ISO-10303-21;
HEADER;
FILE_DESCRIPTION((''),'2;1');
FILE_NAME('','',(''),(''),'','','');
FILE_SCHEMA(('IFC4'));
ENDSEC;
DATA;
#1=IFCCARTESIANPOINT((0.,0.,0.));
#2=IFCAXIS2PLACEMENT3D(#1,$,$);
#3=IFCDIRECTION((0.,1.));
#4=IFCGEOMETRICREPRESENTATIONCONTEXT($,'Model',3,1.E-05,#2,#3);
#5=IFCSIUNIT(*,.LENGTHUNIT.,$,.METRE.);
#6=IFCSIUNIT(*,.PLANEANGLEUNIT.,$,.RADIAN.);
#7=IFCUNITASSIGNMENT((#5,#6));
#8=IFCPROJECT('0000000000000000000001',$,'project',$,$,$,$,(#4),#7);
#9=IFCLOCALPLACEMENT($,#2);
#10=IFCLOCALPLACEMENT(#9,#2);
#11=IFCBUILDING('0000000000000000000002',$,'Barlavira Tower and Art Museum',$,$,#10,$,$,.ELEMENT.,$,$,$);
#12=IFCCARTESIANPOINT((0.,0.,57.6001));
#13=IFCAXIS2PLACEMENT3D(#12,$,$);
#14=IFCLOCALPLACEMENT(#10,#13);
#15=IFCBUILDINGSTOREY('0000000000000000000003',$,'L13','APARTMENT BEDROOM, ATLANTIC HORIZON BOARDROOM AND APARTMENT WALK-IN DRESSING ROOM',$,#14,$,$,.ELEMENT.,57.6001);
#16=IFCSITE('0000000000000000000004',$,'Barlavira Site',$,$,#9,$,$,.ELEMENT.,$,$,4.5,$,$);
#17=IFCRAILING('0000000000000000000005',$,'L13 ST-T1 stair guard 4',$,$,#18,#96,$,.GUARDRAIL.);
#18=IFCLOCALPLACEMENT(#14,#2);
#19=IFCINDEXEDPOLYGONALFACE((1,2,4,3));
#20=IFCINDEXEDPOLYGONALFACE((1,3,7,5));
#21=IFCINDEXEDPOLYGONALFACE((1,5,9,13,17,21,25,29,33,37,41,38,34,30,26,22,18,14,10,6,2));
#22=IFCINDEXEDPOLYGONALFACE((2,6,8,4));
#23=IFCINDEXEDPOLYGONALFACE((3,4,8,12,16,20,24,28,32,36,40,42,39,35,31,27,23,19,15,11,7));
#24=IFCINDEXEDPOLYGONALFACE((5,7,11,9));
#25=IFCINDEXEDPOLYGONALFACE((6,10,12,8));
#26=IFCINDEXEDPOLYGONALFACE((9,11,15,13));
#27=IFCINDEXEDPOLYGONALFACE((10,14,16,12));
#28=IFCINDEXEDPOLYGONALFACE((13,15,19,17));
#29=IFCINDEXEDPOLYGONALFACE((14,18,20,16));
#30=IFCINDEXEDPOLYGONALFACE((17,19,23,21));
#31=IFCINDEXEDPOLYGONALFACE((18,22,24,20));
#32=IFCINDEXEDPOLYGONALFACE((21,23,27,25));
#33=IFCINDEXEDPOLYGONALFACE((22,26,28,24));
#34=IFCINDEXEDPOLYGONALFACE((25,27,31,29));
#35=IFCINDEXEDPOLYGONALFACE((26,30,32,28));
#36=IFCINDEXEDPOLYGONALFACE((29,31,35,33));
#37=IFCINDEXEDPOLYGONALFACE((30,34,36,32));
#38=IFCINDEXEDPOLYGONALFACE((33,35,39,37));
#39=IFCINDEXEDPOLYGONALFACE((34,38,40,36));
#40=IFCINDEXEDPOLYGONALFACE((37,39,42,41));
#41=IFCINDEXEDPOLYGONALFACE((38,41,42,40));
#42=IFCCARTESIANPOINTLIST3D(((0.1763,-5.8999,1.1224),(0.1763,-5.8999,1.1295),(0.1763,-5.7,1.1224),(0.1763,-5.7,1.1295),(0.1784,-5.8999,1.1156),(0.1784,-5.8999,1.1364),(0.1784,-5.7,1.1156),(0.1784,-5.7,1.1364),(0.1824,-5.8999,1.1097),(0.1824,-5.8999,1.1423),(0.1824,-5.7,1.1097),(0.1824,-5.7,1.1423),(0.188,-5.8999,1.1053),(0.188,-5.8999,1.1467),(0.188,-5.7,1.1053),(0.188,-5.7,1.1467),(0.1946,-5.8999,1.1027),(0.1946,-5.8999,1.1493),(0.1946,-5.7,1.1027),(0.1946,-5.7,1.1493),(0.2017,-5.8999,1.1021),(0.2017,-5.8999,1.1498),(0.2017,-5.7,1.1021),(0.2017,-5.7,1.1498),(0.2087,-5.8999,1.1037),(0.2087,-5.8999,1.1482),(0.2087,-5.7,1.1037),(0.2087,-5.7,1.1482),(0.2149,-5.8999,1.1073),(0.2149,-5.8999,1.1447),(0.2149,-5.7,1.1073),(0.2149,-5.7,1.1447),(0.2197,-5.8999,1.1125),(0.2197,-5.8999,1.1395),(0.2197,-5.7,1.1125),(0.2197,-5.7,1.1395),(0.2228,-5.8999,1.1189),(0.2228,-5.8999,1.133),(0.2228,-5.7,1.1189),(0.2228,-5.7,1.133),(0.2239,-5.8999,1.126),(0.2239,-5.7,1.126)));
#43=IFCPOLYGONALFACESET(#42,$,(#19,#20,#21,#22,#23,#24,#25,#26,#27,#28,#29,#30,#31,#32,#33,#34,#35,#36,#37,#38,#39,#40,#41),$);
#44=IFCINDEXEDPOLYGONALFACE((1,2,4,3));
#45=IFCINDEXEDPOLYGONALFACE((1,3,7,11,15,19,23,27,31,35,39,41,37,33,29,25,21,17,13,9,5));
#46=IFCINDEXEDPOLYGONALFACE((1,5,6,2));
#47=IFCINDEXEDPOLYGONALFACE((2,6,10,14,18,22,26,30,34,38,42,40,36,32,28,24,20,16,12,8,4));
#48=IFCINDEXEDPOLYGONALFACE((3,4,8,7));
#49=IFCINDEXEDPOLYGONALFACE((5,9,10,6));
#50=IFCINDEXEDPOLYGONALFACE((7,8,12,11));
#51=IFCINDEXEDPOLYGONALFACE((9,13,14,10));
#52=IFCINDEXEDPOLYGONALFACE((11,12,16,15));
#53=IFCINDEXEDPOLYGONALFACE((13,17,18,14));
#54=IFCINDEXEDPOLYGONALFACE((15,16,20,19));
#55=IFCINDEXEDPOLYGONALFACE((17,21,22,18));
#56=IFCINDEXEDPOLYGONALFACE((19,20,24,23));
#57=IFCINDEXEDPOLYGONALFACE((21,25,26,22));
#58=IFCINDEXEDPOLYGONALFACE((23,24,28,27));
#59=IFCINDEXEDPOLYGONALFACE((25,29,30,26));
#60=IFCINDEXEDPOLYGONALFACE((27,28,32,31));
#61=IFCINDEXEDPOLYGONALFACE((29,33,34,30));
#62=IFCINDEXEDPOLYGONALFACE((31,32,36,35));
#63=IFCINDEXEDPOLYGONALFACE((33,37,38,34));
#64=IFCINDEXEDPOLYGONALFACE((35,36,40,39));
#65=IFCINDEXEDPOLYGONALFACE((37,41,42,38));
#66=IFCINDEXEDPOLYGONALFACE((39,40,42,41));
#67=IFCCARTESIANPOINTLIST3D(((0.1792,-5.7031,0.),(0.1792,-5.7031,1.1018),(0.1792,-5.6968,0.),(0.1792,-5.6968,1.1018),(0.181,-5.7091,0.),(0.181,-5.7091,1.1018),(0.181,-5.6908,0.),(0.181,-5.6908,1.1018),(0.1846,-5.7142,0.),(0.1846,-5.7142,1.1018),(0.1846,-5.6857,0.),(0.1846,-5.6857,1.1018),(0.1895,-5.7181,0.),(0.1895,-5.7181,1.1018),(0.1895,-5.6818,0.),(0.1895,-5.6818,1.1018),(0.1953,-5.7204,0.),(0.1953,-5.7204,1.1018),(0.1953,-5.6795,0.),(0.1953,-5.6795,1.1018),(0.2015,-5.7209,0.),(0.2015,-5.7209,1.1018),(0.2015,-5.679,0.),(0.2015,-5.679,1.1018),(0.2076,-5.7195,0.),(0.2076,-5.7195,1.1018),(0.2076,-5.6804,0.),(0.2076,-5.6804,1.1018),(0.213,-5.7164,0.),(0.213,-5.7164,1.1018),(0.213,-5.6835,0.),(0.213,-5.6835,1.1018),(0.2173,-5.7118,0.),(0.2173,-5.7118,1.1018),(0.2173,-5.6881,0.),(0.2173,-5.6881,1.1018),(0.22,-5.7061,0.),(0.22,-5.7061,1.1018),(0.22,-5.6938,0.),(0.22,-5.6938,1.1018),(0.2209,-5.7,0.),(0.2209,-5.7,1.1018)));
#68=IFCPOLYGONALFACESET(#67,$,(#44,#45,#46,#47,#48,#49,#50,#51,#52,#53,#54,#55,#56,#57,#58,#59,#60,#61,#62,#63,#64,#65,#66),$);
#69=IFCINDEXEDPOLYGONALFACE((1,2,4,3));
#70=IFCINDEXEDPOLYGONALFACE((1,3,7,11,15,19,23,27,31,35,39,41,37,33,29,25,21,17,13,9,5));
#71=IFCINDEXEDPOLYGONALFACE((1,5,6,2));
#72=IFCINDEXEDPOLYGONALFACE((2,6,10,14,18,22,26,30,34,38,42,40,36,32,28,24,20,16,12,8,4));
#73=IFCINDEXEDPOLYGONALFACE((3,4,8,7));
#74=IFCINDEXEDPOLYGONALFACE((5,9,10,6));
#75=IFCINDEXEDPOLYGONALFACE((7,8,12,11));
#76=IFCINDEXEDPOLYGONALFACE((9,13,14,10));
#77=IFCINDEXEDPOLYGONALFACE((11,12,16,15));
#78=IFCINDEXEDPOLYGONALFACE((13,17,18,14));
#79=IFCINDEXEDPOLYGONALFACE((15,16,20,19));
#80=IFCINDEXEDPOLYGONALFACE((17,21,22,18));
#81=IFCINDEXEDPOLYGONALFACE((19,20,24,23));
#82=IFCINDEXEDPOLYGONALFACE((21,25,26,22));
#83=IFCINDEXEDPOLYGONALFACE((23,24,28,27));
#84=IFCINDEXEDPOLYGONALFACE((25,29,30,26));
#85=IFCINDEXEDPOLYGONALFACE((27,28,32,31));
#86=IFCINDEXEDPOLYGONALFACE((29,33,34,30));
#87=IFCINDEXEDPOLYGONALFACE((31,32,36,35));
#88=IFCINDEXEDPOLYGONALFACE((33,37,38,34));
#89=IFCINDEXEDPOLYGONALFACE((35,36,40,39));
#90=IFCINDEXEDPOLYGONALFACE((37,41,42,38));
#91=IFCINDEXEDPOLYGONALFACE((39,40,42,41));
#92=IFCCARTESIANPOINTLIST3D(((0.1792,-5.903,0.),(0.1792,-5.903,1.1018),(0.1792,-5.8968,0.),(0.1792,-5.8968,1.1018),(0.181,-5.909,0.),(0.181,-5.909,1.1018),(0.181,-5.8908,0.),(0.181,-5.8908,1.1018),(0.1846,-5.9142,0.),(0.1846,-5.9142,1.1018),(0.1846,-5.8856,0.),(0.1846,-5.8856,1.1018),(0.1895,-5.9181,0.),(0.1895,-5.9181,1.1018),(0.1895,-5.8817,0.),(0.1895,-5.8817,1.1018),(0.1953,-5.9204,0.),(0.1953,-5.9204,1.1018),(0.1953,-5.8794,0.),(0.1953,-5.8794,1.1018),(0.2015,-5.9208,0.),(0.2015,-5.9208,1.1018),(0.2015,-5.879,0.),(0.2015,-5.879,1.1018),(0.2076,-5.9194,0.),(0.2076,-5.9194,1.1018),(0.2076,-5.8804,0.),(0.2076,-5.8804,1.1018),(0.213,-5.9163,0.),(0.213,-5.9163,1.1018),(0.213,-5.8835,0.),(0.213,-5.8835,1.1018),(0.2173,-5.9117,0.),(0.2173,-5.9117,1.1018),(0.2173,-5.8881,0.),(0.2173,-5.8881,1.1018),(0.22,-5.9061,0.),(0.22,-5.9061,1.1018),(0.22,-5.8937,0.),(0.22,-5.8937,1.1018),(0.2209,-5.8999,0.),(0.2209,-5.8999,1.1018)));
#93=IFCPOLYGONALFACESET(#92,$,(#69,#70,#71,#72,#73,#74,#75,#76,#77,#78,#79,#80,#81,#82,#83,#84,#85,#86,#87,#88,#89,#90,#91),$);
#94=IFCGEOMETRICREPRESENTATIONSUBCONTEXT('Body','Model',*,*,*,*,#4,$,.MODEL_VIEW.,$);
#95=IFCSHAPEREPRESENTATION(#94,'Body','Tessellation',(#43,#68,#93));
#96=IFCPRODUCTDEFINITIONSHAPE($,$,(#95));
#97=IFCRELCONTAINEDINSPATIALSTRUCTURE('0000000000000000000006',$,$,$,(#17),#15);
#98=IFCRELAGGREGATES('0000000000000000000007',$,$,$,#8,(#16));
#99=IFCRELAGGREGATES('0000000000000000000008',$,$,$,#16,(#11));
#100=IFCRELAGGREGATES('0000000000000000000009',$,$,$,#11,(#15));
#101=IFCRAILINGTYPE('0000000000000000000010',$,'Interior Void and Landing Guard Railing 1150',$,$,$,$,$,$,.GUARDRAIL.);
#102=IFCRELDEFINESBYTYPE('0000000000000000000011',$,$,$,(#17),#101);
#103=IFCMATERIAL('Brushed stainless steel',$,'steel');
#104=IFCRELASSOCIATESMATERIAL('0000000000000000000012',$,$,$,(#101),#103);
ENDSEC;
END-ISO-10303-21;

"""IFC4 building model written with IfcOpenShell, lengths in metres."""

from ifc_helpers import new_model, si_unit, direction, frame, origin, origin_2d, place, context, subcontext, project, spatial, circle, extrude, material, type_object, element, save


model = new_model("IFC4")

# Units and contexts
model_context = context("Model", 3, precision=1e-05, world=origin(), true_north=direction((0.0, 1.0)))
body_context = subcontext(model_context, "Body", "Model", "MODEL_VIEW")
ifc_project = project(units=[si_unit("LENGTHUNIT", "METRE"), si_unit("PLANEANGLEUNIT", "RADIAN")], contexts=[model_context])

# Site, building, storey
site_placement = place(None, origin())
site = spatial("IfcSite", under=ifc_project, at=site_placement, Name="Barlavira Site", CompositionType="ELEMENT", RefElevation=4.5)
building_placement = place(site_placement, origin())
building = spatial("IfcBuilding", under=site, at=building_placement, Name="Barlavira Tower and Art Museum", CompositionType="ELEMENT")
storey_placement = place(building_placement, frame((0.0, 0.0, 57.6001)))
storey = spatial("IfcBuildingStorey", under=building, at=storey_placement, Name="L13", Description="APARTMENT BEDROOM, ATLANTIC HORIZON BOARDROOM AND APARTMENT WALK-IN DRESSING ROOM", CompositionType="ELEMENT", Elevation=57.6001)

# Shared definitions
ifc_material_1 = material(Name="Brushed stainless steel", Category="steel")

# Railing
railing_type_1 = type_object("IfcRailingType", Name="Interior Void and Landing Guard Railing 1150", PredefinedType="GUARDRAIL", material=ifc_material_1)
railing_1_placement = place(storey_placement, frame((0.2, -5.7, 0.0)))
element("IfcRailing", 1, at=railing_1_placement, inside=storey, type_object=railing_type_1, Name="L13 ST-T1 stair guard 4", PredefinedType="GUARDRAIL", context=body_context, shape_type="SweptSolid", body=[
    extrude(circle(Radius=0.0239, at=origin_2d()), frame((0.0, 0.0, 1.126), z_axis=(0.0, -1.0, 0.0), x_axis=(1.0, 0.0, 0.0)), (0.0, 0.0, 1.0), 0.2),
    extrude(circle(Radius=0.021, at=origin_2d()), origin(), (0.0, 0.0, 1.0), 1.1018),
    extrude(circle(Radius=0.021, at=origin_2d()), frame((0.0, -0.2, 0.0)), (0.0, 0.0, 1.0), 1.1018),
])

save(model, "model.ifc")
